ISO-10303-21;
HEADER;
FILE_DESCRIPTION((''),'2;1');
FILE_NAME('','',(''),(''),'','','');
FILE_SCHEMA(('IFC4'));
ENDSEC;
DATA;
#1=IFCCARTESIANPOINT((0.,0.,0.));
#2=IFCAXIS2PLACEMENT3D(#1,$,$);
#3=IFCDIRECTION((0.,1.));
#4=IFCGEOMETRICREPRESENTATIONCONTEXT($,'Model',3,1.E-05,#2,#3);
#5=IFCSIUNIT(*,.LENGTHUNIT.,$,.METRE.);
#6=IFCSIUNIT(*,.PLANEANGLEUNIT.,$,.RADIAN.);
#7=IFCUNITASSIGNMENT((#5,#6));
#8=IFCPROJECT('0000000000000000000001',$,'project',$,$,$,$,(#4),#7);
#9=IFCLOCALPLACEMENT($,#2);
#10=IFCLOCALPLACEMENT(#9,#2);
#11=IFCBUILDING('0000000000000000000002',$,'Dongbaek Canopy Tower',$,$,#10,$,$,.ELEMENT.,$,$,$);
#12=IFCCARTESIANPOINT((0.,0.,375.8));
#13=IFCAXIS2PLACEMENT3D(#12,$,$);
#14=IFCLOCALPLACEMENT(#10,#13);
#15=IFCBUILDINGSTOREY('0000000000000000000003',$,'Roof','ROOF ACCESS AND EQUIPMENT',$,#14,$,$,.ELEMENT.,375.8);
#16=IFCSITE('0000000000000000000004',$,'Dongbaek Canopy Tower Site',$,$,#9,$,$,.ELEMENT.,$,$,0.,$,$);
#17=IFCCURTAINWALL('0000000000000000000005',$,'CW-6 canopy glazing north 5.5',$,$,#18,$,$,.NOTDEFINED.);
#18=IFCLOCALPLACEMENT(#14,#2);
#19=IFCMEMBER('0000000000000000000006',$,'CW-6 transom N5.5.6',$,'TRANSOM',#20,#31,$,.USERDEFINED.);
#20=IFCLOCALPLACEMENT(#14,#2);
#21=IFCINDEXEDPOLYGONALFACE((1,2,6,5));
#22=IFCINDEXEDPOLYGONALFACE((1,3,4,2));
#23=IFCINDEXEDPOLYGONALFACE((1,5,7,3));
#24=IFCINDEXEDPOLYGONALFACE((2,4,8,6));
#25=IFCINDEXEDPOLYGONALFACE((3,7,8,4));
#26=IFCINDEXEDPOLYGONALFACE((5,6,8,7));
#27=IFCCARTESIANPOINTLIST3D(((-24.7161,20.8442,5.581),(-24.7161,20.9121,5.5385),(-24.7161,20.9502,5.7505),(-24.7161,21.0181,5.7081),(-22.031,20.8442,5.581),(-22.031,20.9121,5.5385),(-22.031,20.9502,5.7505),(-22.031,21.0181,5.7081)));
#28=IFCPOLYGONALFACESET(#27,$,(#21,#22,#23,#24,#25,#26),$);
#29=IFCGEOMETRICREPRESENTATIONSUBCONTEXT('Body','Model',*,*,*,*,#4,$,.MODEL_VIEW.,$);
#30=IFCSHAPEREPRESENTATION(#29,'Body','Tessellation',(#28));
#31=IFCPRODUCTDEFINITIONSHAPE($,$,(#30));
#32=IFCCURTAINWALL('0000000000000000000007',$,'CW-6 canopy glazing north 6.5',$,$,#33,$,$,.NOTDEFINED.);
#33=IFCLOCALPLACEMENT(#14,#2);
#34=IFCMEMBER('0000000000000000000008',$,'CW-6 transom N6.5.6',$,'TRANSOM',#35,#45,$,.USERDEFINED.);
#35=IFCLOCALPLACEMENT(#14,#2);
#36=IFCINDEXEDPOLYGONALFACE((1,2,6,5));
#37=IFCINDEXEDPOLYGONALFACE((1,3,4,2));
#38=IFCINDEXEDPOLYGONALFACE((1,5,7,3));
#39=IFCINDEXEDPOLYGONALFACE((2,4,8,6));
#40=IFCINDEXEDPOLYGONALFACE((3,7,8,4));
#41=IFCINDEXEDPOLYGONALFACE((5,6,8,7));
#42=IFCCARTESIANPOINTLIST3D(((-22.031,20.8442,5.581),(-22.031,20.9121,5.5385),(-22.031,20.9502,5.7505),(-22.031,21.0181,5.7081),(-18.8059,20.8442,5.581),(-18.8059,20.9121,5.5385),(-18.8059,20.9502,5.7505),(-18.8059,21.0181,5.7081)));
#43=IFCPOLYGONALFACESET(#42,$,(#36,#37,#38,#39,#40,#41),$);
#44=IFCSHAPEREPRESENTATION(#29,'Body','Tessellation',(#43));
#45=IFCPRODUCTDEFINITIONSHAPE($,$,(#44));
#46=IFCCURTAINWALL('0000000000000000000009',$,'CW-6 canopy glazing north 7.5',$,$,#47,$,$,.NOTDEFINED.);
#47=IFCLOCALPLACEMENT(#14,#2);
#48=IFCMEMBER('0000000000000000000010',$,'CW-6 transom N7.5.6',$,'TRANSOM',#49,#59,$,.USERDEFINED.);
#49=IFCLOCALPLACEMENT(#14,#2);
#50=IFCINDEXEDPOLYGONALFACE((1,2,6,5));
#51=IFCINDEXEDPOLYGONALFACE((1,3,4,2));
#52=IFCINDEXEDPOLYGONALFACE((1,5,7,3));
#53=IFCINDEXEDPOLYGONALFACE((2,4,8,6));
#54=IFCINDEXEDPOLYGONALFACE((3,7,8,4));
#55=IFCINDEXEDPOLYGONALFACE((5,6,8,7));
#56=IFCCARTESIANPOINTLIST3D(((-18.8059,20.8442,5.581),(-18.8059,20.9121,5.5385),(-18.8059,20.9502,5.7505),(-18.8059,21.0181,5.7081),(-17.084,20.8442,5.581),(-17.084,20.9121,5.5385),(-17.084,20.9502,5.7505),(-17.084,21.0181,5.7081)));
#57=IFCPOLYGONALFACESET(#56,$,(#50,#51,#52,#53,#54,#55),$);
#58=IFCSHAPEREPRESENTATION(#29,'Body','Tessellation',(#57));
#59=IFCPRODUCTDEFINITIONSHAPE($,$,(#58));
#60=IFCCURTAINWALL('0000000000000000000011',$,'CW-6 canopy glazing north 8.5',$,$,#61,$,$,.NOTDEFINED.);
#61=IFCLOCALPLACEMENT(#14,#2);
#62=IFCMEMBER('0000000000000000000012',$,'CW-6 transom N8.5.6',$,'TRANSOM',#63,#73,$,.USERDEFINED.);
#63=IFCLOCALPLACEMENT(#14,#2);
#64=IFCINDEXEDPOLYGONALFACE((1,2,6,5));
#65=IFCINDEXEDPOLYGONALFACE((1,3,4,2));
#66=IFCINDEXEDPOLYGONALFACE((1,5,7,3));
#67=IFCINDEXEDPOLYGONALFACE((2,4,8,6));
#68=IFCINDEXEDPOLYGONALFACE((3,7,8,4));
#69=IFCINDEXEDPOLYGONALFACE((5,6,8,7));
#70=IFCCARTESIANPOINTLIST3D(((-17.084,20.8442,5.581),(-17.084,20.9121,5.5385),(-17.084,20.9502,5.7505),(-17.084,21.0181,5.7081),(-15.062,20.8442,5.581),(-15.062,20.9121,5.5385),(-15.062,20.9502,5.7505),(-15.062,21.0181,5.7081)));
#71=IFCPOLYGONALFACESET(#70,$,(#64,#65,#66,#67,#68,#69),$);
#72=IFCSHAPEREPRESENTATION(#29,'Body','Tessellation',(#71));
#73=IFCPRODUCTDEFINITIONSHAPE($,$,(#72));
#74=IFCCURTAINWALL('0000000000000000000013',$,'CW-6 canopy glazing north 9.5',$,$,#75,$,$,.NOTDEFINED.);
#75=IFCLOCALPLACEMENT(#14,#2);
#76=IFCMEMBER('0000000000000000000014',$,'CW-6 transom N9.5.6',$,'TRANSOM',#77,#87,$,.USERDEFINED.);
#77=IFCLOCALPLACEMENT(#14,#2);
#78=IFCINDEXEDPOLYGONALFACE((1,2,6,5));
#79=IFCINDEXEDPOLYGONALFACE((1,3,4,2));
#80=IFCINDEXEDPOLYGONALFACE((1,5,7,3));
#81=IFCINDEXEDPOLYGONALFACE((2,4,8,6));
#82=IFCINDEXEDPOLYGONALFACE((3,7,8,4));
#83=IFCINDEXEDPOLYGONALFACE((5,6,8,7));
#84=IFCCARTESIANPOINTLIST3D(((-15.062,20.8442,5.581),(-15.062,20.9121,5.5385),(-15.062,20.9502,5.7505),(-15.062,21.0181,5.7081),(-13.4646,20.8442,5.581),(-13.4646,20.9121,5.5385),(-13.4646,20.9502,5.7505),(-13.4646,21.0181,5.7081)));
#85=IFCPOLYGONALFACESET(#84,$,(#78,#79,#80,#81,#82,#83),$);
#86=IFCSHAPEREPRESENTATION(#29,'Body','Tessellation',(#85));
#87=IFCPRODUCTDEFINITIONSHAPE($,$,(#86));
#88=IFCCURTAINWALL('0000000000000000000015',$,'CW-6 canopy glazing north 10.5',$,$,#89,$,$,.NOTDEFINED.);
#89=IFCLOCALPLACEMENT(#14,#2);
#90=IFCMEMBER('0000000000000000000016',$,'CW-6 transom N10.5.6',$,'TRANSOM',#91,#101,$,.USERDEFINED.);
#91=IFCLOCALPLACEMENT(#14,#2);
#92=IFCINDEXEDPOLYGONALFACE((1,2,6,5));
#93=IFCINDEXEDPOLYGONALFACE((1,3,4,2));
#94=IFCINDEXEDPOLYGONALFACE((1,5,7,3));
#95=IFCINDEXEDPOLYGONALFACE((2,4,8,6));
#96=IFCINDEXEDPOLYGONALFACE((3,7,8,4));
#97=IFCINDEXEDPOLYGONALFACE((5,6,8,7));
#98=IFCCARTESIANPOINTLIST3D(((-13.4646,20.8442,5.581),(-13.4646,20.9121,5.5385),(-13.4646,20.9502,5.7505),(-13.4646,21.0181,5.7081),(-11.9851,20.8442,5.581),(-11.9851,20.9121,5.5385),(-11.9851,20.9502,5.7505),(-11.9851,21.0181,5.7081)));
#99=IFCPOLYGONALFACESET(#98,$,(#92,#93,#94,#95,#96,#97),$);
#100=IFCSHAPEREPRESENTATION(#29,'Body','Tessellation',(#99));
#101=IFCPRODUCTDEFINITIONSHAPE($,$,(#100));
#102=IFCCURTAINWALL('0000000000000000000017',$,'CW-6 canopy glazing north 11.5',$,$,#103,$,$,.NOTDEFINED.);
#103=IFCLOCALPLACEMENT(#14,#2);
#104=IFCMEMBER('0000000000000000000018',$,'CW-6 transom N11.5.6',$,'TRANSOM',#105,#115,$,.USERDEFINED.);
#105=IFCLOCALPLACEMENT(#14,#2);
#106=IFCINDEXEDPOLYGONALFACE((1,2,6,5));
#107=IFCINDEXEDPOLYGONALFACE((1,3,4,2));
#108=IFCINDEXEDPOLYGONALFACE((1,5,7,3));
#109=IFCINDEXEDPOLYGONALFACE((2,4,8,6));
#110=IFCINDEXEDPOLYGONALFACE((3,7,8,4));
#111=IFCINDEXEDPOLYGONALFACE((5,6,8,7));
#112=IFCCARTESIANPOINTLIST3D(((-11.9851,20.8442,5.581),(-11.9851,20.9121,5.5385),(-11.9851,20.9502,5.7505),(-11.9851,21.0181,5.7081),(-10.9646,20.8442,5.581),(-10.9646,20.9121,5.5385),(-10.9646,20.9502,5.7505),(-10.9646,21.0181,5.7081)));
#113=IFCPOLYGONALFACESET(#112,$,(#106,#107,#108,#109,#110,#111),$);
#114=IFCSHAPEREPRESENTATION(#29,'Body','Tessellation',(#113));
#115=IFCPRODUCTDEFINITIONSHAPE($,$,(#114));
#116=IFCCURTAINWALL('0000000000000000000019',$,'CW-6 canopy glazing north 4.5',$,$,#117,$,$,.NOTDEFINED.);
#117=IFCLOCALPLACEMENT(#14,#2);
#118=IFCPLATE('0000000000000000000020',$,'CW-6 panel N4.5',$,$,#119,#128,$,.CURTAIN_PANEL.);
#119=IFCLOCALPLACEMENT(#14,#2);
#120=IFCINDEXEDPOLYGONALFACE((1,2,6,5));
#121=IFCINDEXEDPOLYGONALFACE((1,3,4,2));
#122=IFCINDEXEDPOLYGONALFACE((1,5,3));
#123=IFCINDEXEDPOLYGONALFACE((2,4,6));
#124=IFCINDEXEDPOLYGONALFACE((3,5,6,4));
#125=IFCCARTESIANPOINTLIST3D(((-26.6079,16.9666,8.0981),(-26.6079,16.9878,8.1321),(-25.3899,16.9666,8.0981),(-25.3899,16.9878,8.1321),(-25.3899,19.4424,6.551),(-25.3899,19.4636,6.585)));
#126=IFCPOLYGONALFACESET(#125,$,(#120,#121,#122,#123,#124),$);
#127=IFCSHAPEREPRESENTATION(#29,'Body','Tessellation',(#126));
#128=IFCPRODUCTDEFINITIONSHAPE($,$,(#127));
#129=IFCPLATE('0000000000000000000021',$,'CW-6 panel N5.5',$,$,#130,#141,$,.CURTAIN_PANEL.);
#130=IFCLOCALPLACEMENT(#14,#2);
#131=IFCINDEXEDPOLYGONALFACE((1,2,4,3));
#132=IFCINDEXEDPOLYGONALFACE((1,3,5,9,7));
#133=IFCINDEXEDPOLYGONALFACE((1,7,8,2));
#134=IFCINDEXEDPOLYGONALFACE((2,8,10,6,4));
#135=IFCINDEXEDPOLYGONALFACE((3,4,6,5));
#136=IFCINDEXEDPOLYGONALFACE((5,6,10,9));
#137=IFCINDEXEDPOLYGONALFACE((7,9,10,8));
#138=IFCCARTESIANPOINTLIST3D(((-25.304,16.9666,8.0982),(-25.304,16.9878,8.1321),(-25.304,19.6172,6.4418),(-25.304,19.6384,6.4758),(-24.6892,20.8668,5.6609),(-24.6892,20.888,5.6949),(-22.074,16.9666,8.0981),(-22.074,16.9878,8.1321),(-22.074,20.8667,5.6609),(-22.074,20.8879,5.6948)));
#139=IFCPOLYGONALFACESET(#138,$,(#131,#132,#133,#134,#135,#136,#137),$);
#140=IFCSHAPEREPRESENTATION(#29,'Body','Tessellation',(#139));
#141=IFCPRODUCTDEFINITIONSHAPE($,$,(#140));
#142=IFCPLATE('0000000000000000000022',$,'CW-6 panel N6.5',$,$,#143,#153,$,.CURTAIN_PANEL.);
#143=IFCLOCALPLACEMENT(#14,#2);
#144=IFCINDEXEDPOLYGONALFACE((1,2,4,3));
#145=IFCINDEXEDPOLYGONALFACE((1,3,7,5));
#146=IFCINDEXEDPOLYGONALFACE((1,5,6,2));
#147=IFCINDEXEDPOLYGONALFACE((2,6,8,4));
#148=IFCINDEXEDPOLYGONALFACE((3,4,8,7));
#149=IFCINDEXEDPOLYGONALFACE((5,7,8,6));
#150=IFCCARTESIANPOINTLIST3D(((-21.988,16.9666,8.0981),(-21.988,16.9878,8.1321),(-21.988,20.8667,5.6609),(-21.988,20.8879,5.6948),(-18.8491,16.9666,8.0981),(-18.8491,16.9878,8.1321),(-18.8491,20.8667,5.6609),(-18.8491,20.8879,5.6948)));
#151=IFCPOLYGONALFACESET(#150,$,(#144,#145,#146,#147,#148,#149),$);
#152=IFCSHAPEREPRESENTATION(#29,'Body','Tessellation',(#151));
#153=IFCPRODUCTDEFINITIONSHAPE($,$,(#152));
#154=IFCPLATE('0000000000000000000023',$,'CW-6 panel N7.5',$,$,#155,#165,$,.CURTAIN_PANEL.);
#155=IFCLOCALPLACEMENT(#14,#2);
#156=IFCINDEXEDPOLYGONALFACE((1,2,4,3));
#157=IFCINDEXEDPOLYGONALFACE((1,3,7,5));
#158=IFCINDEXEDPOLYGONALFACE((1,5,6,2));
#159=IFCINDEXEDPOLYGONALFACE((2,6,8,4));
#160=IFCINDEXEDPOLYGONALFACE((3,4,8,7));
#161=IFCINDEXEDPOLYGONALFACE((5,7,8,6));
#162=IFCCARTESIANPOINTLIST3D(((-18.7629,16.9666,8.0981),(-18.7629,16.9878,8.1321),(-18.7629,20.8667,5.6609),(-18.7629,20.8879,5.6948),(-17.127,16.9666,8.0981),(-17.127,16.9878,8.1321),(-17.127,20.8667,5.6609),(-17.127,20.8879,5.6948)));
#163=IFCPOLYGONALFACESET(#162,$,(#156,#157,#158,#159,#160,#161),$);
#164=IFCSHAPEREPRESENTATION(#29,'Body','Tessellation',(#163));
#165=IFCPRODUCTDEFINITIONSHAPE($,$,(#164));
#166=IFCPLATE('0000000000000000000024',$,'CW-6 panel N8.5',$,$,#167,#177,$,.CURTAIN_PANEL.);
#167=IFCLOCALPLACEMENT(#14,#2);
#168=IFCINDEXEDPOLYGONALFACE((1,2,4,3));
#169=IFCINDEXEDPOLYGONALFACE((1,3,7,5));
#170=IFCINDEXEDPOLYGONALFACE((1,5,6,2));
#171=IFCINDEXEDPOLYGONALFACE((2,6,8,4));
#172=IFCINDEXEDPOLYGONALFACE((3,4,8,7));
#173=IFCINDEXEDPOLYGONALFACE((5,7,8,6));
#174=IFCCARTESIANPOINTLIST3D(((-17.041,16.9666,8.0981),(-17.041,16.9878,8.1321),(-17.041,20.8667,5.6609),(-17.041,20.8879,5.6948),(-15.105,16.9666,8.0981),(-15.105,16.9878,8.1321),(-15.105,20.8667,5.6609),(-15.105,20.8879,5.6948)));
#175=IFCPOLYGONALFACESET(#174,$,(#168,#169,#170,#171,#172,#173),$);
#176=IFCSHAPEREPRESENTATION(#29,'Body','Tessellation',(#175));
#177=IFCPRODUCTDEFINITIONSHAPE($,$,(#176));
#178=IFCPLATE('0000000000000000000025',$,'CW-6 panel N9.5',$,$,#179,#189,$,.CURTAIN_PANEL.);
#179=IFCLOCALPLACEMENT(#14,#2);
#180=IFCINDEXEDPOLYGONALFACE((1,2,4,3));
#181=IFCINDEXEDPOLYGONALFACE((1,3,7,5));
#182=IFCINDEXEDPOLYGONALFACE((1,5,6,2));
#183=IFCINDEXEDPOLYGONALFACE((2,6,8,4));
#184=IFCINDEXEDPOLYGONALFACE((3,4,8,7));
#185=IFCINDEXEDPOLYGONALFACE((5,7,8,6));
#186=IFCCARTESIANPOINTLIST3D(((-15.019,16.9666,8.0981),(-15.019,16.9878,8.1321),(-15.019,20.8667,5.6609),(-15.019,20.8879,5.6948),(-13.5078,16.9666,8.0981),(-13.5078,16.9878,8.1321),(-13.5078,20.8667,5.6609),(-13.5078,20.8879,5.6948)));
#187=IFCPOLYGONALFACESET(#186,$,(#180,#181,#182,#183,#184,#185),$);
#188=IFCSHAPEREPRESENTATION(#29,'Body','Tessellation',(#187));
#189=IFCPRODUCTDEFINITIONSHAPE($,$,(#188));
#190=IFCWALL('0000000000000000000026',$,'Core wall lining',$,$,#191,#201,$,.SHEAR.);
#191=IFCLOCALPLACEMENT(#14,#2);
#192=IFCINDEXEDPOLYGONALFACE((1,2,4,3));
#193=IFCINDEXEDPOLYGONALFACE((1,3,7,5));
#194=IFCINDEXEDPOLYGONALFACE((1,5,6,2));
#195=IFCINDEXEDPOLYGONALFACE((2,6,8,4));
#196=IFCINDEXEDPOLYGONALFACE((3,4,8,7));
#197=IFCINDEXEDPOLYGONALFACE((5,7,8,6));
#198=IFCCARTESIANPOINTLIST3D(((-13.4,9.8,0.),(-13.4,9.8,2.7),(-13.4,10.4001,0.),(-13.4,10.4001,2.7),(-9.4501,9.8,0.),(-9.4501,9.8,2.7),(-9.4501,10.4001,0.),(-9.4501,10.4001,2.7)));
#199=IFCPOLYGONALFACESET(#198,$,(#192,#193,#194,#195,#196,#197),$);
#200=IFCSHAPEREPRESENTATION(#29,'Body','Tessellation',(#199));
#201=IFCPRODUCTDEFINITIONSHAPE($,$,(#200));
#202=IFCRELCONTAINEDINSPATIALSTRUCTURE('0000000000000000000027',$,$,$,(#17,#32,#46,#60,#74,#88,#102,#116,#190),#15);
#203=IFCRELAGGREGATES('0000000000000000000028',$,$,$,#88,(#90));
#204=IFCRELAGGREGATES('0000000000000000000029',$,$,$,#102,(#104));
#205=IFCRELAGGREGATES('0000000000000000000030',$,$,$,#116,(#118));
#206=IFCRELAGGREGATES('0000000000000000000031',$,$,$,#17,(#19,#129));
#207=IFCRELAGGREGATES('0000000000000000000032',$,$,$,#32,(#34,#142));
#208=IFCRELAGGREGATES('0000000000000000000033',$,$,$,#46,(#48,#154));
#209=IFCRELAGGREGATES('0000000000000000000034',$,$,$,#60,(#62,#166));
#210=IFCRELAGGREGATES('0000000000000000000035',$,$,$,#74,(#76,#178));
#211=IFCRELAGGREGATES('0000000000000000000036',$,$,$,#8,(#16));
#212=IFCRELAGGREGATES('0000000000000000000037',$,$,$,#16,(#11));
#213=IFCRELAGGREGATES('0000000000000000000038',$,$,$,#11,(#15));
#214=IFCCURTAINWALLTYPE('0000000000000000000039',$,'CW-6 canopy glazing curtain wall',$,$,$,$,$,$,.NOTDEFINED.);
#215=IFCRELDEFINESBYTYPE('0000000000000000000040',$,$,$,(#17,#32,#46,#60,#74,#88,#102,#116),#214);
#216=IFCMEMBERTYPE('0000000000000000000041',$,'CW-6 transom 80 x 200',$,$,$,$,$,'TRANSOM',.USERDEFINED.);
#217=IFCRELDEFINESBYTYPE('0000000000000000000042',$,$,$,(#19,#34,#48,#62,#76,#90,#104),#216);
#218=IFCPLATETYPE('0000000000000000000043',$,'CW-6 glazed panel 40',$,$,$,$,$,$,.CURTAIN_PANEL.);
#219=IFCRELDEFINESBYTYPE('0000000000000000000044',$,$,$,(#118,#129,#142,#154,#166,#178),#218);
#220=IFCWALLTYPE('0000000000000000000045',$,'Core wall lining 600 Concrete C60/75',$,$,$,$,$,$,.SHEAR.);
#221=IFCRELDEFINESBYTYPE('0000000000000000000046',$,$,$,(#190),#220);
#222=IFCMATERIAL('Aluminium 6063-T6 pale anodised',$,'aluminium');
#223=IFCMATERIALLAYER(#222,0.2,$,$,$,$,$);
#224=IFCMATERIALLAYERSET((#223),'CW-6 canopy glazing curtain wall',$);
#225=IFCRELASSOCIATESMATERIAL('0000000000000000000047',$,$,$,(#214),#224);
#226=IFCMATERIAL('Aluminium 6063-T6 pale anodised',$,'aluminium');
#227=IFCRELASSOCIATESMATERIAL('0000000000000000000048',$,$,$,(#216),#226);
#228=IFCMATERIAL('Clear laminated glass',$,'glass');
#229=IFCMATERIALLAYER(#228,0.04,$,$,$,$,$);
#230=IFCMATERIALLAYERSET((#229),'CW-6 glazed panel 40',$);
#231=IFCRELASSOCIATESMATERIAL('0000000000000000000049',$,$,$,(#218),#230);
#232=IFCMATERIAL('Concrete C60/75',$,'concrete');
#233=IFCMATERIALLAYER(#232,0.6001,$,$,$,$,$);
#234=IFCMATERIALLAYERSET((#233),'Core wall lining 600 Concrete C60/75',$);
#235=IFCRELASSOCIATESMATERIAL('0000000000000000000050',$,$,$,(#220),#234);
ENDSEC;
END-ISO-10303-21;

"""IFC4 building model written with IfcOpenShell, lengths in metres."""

from ifc_helpers import new_model, si_unit, direction, frame, frame_2d, origin, origin_2d, place, context, subcontext, project, spatial, polyline, rectangle, outline, extrude, material, layer, layer_set, material_profile, profile_set, type_object, element, aggregate, save


model = new_model("IFC4")

# Units and contexts
model_context = context("Model", 3, precision=1e-05, world=origin(), true_north=direction((0.0, 1.0)))
body_context = subcontext(model_context, "Body", "Model", "MODEL_VIEW")
ifc_project = project(units=[si_unit("LENGTHUNIT", "METRE"), si_unit("PLANEANGLEUNIT", "RADIAN")], contexts=[model_context])

# Site, building, storey
site_placement = place(None, origin())
site = spatial("IfcSite", under=ifc_project, at=site_placement, Name="Dongbaek Canopy Tower Site", CompositionType="ELEMENT", RefElevation=0.0)
building_placement = place(site_placement, origin())
building = spatial("IfcBuilding", under=site, at=building_placement, Name="Dongbaek Canopy Tower", CompositionType="ELEMENT")
storey_placement = place(building_placement, frame((0.0, 0.0, 375.8)))
storey = spatial("IfcBuildingStorey", under=building, at=storey_placement, Name="Roof", Description="ROOF ACCESS AND EQUIPMENT", CompositionType="ELEMENT", Elevation=375.8)

# Curtain walls, members
ifc_material_1 = material(Name="Aluminium 6063-T6 pale anodised", Category="aluminium")
ifc_layer_1 = layer(ifc_material_1, 0.2)
ifc_layer_set_1 = layer_set([ifc_layer_1], Name="CW-6 canopy glazing curtain wall")
curtain_wall_type = type_object("IfcCurtainWallType", Name="CW-6 canopy glazing curtain wall", PredefinedType="NOTDEFINED", material=ifc_layer_set_1)
curtain_wall_1_placement = place(storey_placement, origin())
curtain_wall_1 = element("IfcCurtainWall", 1, at=curtain_wall_1_placement, inside=storey, type_object=curtain_wall_type, Name="CW-6 canopy glazing north 5.5", PredefinedType="NOTDEFINED")
ifc_material_2 = material(Name="Aluminium 6063-T6 pale anodised", Category="aluminium")
ifc_material_profile_1 = material_profile(ifc_material_2, rectangle(XDim=0.0801, YDim=0.2, at=origin_2d()), Name="CW-6 transom 80 x 200")
ifc_profile_set_1 = profile_set([ifc_material_profile_1], Name="Aluminium 6063-T6 pale anodised")
member_type_1 = type_object("IfcMemberType", Name="CW-6 transom 80 x 200", ElementType="TRANSOM", PredefinedType="USERDEFINED", material=ifc_profile_set_1)
member_1_placement = place(storey_placement, frame((-24.7161, 20.9312, 5.6445), z_axis=(1.0, 0.0, 0.0), x_axis=(0.0, 0.848048, -0.529919)))
member_1 = element("IfcMember", 2, at=member_1_placement, type_object=member_type_1, Name="CW-6 transom N5.5.6", ObjectType="TRANSOM", PredefinedType="USERDEFINED", context=body_context, shape_type="SweptSolid", body=[
    extrude(rectangle(XDim=0.0801, YDim=0.2, at=origin_2d()), origin(), (0.0, 0.0, 1.0), 2.6851),
])
curtain_wall_2_placement = place(storey_placement, origin())
curtain_wall_2 = element("IfcCurtainWall", 3, at=curtain_wall_2_placement, inside=storey, type_object=curtain_wall_type, Name="CW-6 canopy glazing north 6.5", PredefinedType="NOTDEFINED")
member_2_placement = place(storey_placement, frame((-22.031, 20.9312, 5.6445), z_axis=(1.0, 0.0, 0.0), x_axis=(0.0, 0.848048, -0.529919)))
member_2 = element("IfcMember", 4, at=member_2_placement, type_object=member_type_1, Name="CW-6 transom N6.5.6", ObjectType="TRANSOM", PredefinedType="USERDEFINED", context=body_context, shape_type="SweptSolid", body=[
    extrude(rectangle(XDim=0.0801, YDim=0.2, at=origin_2d()), origin(), (0.0, 0.0, 1.0), 3.2251),
])
curtain_wall_3_placement = place(storey_placement, origin())
curtain_wall_3 = element("IfcCurtainWall", 5, at=curtain_wall_3_placement, inside=storey, type_object=curtain_wall_type, Name="CW-6 canopy glazing north 7.5", PredefinedType="NOTDEFINED")
member_3_placement = place(storey_placement, frame((-18.8059, 20.9312, 5.6445), z_axis=(1.0, 0.0, 0.0), x_axis=(0.0, 0.848048, -0.529919)))
member_3 = element("IfcMember", 6, at=member_3_placement, type_object=member_type_1, Name="CW-6 transom N7.5.6", ObjectType="TRANSOM", PredefinedType="USERDEFINED", context=body_context, shape_type="SweptSolid", body=[
    extrude(rectangle(XDim=0.0801, YDim=0.2, at=origin_2d()), origin(), (0.0, 0.0, 1.0), 1.7219),
])
curtain_wall_4_placement = place(storey_placement, origin())
curtain_wall_4 = element("IfcCurtainWall", 7, at=curtain_wall_4_placement, inside=storey, type_object=curtain_wall_type, Name="CW-6 canopy glazing north 8.5", PredefinedType="NOTDEFINED")
member_4_placement = place(storey_placement, frame((-17.084, 20.9312, 5.6445), z_axis=(1.0, 0.0, 0.0), x_axis=(0.0, 0.848048, -0.529919)))
member_4 = element("IfcMember", 8, at=member_4_placement, type_object=member_type_1, Name="CW-6 transom N8.5.6", ObjectType="TRANSOM", PredefinedType="USERDEFINED", context=body_context, shape_type="SweptSolid", body=[
    extrude(rectangle(XDim=0.0801, YDim=0.2, at=origin_2d()), origin(), (0.0, 0.0, 1.0), 2.022),
])
curtain_wall_5_placement = place(storey_placement, origin())
curtain_wall_5 = element("IfcCurtainWall", 9, at=curtain_wall_5_placement, inside=storey, type_object=curtain_wall_type, Name="CW-6 canopy glazing north 9.5", PredefinedType="NOTDEFINED")
member_5_placement = place(storey_placement, frame((-15.062, 20.9312, 5.6445), z_axis=(1.0, 0.0, 0.0), x_axis=(0.0, 0.848048, -0.529919)))
member_5 = element("IfcMember", 10, at=member_5_placement, type_object=member_type_1, Name="CW-6 transom N9.5.6", ObjectType="TRANSOM", PredefinedType="USERDEFINED", context=body_context, shape_type="SweptSolid", body=[
    extrude(rectangle(XDim=0.0801, YDim=0.2, at=origin_2d()), origin(), (0.0, 0.0, 1.0), 1.5974),
])
curtain_wall_6_placement = place(storey_placement, origin())
curtain_wall_6 = element("IfcCurtainWall", 11, at=curtain_wall_6_placement, inside=storey, type_object=curtain_wall_type, Name="CW-6 canopy glazing north 10.5", PredefinedType="NOTDEFINED")
member_6_placement = place(storey_placement, frame((-13.4646, 20.9312, 5.6445), z_axis=(1.0, 0.0, 0.0), x_axis=(0.0, 0.848048, -0.529919)))
member_6 = element("IfcMember", 12, at=member_6_placement, type_object=member_type_1, Name="CW-6 transom N10.5.6", ObjectType="TRANSOM", PredefinedType="USERDEFINED", context=body_context, shape_type="SweptSolid", body=[
    extrude(rectangle(XDim=0.0801, YDim=0.2, at=origin_2d()), origin(), (0.0, 0.0, 1.0), 1.4795),
])
aggregate(curtain_wall_6, [member_6])
curtain_wall_7_placement = place(storey_placement, origin())
curtain_wall_7 = element("IfcCurtainWall", 13, at=curtain_wall_7_placement, inside=storey, type_object=curtain_wall_type, Name="CW-6 canopy glazing north 11.5", PredefinedType="NOTDEFINED")
member_7_placement = place(storey_placement, frame((-11.9851, 20.9312, 5.6445), z_axis=(1.0, 0.0, 0.0), x_axis=(0.0, 0.848048, -0.529919)))
member_7 = element("IfcMember", 14, at=member_7_placement, type_object=member_type_1, Name="CW-6 transom N11.5.6", ObjectType="TRANSOM", PredefinedType="USERDEFINED", context=body_context, shape_type="SweptSolid", body=[
    extrude(rectangle(XDim=0.0801, YDim=0.2, at=origin_2d()), origin(), (0.0, 0.0, 1.0), 1.0205),
])
aggregate(curtain_wall_7, [member_7])

# Curtain wall, plate
curtain_wall_8_placement = place(storey_placement, origin())
curtain_wall_8 = element("IfcCurtainWall", 15, at=curtain_wall_8_placement, inside=storey, type_object=curtain_wall_type, Name="CW-6 canopy glazing north 4.5", PredefinedType="NOTDEFINED")
ifc_material_3 = material(Name="Clear laminated glass", Category="glass")
ifc_layer_2 = layer(ifc_material_3, 0.04)
ifc_layer_set_2 = layer_set([ifc_layer_2], Name="CW-6 glazed panel 40")
plate_type = type_object("IfcPlateType", Name="CW-6 glazed panel 40", PredefinedType="CURTAIN_PANEL", material=ifc_layer_set_2)
plate_1_placement = place(storey_placement, frame((-25.3899, 16.9878, 8.1321), z_axis=(0.0, 0.529931, 0.848041), x_axis=(-1.0, 0.0, 0.0)))
plate_1 = element("IfcPlate", 16, at=plate_1_placement, type_object=plate_type, Name="CW-6 panel N4.5", PredefinedType="CURTAIN_PANEL", context=body_context, shape_type="SweptSolid", body=[
    extrude(outline(polyline([(0.0, 0.0), (1.218, 0.0), (0.0, -2.9195), (0.0, 0.0)])), origin(), (0.0, 0.0, -1.0), 0.04),
])
aggregate(curtain_wall_8, [plate_1])

# Plates
plate_2_placement = place(storey_placement, frame((-22.074, 16.9878, 8.1321), z_axis=(0.000023, 0.529944, 0.848033), x_axis=(-1.0, 0.000012, 0.000019)))
plate_2 = element("IfcPlate", 17, at=plate_2_placement, type_object=plate_type, Name="CW-6 panel N5.5", PredefinedType="CURTAIN_PANEL", context=body_context, shape_type="SweptSolid", body=[
    extrude(outline(polyline([(0.0, 0.0), (3.23, 0.0), (3.23, -3.1255), (2.6152, -4.5991), (0.0, -4.5991), (0.0, 0.0)])), origin(), (0.0, 0.0, -1.0), 0.04),
])
aggregate(curtain_wall_1, [member_1, plate_2])
plate_3_placement = place(storey_placement, frame((-18.8491, 16.9878, 8.1321), z_axis=(0.0, 0.529946, 0.848031), x_axis=(-1.0, 0.0, 0.0)))
plate_3 = element("IfcPlate", 18, at=plate_3_placement, type_object=plate_type, Name="CW-6 panel N6.5", PredefinedType="CURTAIN_PANEL", context=body_context, shape_type="SweptSolid", body=[
    extrude(outline(polyline([(0.0, 0.0), (3.1389, 0.0), (3.1389, -4.5991), (0.0, -4.5991), (0.0, 0.0)])), origin(), (0.0, 0.0, -1.0), 0.04),
])
aggregate(curtain_wall_2, [member_2, plate_3])
plate_4_placement = place(storey_placement, frame((-17.127, 16.9878, 8.1321), z_axis=(0.0, 0.529946, 0.848031), x_axis=(-1.0, 0.0, 0.0)))
plate_4 = element("IfcPlate", 19, at=plate_4_placement, type_object=plate_type, Name="CW-6 panel N7.5", PredefinedType="CURTAIN_PANEL", context=body_context, shape_type="SweptSolid", body=[
    extrude(outline(polyline([(0.0, 0.0), (1.636, 0.0), (1.636, -4.5991), (0.0, -4.5991), (0.0, 0.0)])), origin(), (0.0, 0.0, -1.0), 0.04),
])
aggregate(curtain_wall_3, [member_3, plate_4])
plate_5_placement = place(storey_placement, frame((-15.105, 16.9878, 8.1321), z_axis=(0.0, 0.529946, 0.848031), x_axis=(-1.0, 0.0, 0.0)))
plate_5 = element("IfcPlate", 20, at=plate_5_placement, type_object=plate_type, Name="CW-6 panel N8.5", PredefinedType="CURTAIN_PANEL", context=body_context, shape_type="SweptSolid", body=[
    extrude(outline(polyline([(0.0, 0.0), (1.936, 0.0), (1.936, -4.5991), (0.0, -4.5991), (0.0, 0.0)])), origin(), (0.0, 0.0, -1.0), 0.04),
])
aggregate(curtain_wall_4, [member_4, plate_5])
plate_6_placement = place(storey_placement, frame((-13.5078, 16.9878, 8.1321), z_axis=(0.0, 0.529946, 0.848031), x_axis=(-1.0, 0.0, 0.0)))
plate_6 = element("IfcPlate", 21, at=plate_6_placement, type_object=plate_type, Name="CW-6 panel N9.5", PredefinedType="CURTAIN_PANEL", context=body_context, shape_type="SweptSolid", body=[
    extrude(outline(polyline([(0.0, 0.0), (1.5112, 0.0), (1.5112, -4.5991), (0.0, -4.5991), (0.0, 0.0)])), origin(), (0.0, 0.0, -1.0), 0.04),
])
aggregate(curtain_wall_5, [member_5, plate_6])

# Wall
ifc_material_4 = material(Name="Concrete C60/75", Category="concrete")
ifc_layer_3 = layer(ifc_material_4, 0.6001)
ifc_layer_set_3 = layer_set([ifc_layer_3], Name="Core wall lining 600 Concrete C60/75")
wall_type = type_object("IfcWallType", Name="Core wall lining 600 Concrete C60/75", PredefinedType="SHEAR", material=ifc_layer_set_3)
wall_placement = place(storey_placement, frame((-9.45, 10.1001, 0.0), z_axis=(0.0, 0.0, 1.0), x_axis=(-1.0, 0.0, 0.0)))
element("IfcWall", 22, at=wall_placement, inside=storey, type_object=wall_type, Name="Core wall lining", PredefinedType="SHEAR", context=body_context, shape_type="SweptSolid", body=[
    extrude(rectangle(XDim=3.95, YDim=0.6001, at=frame_2d((1.9751, 0.0))), origin(), (0.0, 0.0, 1.0), 2.7),
])

save(model, "model.ifc")
